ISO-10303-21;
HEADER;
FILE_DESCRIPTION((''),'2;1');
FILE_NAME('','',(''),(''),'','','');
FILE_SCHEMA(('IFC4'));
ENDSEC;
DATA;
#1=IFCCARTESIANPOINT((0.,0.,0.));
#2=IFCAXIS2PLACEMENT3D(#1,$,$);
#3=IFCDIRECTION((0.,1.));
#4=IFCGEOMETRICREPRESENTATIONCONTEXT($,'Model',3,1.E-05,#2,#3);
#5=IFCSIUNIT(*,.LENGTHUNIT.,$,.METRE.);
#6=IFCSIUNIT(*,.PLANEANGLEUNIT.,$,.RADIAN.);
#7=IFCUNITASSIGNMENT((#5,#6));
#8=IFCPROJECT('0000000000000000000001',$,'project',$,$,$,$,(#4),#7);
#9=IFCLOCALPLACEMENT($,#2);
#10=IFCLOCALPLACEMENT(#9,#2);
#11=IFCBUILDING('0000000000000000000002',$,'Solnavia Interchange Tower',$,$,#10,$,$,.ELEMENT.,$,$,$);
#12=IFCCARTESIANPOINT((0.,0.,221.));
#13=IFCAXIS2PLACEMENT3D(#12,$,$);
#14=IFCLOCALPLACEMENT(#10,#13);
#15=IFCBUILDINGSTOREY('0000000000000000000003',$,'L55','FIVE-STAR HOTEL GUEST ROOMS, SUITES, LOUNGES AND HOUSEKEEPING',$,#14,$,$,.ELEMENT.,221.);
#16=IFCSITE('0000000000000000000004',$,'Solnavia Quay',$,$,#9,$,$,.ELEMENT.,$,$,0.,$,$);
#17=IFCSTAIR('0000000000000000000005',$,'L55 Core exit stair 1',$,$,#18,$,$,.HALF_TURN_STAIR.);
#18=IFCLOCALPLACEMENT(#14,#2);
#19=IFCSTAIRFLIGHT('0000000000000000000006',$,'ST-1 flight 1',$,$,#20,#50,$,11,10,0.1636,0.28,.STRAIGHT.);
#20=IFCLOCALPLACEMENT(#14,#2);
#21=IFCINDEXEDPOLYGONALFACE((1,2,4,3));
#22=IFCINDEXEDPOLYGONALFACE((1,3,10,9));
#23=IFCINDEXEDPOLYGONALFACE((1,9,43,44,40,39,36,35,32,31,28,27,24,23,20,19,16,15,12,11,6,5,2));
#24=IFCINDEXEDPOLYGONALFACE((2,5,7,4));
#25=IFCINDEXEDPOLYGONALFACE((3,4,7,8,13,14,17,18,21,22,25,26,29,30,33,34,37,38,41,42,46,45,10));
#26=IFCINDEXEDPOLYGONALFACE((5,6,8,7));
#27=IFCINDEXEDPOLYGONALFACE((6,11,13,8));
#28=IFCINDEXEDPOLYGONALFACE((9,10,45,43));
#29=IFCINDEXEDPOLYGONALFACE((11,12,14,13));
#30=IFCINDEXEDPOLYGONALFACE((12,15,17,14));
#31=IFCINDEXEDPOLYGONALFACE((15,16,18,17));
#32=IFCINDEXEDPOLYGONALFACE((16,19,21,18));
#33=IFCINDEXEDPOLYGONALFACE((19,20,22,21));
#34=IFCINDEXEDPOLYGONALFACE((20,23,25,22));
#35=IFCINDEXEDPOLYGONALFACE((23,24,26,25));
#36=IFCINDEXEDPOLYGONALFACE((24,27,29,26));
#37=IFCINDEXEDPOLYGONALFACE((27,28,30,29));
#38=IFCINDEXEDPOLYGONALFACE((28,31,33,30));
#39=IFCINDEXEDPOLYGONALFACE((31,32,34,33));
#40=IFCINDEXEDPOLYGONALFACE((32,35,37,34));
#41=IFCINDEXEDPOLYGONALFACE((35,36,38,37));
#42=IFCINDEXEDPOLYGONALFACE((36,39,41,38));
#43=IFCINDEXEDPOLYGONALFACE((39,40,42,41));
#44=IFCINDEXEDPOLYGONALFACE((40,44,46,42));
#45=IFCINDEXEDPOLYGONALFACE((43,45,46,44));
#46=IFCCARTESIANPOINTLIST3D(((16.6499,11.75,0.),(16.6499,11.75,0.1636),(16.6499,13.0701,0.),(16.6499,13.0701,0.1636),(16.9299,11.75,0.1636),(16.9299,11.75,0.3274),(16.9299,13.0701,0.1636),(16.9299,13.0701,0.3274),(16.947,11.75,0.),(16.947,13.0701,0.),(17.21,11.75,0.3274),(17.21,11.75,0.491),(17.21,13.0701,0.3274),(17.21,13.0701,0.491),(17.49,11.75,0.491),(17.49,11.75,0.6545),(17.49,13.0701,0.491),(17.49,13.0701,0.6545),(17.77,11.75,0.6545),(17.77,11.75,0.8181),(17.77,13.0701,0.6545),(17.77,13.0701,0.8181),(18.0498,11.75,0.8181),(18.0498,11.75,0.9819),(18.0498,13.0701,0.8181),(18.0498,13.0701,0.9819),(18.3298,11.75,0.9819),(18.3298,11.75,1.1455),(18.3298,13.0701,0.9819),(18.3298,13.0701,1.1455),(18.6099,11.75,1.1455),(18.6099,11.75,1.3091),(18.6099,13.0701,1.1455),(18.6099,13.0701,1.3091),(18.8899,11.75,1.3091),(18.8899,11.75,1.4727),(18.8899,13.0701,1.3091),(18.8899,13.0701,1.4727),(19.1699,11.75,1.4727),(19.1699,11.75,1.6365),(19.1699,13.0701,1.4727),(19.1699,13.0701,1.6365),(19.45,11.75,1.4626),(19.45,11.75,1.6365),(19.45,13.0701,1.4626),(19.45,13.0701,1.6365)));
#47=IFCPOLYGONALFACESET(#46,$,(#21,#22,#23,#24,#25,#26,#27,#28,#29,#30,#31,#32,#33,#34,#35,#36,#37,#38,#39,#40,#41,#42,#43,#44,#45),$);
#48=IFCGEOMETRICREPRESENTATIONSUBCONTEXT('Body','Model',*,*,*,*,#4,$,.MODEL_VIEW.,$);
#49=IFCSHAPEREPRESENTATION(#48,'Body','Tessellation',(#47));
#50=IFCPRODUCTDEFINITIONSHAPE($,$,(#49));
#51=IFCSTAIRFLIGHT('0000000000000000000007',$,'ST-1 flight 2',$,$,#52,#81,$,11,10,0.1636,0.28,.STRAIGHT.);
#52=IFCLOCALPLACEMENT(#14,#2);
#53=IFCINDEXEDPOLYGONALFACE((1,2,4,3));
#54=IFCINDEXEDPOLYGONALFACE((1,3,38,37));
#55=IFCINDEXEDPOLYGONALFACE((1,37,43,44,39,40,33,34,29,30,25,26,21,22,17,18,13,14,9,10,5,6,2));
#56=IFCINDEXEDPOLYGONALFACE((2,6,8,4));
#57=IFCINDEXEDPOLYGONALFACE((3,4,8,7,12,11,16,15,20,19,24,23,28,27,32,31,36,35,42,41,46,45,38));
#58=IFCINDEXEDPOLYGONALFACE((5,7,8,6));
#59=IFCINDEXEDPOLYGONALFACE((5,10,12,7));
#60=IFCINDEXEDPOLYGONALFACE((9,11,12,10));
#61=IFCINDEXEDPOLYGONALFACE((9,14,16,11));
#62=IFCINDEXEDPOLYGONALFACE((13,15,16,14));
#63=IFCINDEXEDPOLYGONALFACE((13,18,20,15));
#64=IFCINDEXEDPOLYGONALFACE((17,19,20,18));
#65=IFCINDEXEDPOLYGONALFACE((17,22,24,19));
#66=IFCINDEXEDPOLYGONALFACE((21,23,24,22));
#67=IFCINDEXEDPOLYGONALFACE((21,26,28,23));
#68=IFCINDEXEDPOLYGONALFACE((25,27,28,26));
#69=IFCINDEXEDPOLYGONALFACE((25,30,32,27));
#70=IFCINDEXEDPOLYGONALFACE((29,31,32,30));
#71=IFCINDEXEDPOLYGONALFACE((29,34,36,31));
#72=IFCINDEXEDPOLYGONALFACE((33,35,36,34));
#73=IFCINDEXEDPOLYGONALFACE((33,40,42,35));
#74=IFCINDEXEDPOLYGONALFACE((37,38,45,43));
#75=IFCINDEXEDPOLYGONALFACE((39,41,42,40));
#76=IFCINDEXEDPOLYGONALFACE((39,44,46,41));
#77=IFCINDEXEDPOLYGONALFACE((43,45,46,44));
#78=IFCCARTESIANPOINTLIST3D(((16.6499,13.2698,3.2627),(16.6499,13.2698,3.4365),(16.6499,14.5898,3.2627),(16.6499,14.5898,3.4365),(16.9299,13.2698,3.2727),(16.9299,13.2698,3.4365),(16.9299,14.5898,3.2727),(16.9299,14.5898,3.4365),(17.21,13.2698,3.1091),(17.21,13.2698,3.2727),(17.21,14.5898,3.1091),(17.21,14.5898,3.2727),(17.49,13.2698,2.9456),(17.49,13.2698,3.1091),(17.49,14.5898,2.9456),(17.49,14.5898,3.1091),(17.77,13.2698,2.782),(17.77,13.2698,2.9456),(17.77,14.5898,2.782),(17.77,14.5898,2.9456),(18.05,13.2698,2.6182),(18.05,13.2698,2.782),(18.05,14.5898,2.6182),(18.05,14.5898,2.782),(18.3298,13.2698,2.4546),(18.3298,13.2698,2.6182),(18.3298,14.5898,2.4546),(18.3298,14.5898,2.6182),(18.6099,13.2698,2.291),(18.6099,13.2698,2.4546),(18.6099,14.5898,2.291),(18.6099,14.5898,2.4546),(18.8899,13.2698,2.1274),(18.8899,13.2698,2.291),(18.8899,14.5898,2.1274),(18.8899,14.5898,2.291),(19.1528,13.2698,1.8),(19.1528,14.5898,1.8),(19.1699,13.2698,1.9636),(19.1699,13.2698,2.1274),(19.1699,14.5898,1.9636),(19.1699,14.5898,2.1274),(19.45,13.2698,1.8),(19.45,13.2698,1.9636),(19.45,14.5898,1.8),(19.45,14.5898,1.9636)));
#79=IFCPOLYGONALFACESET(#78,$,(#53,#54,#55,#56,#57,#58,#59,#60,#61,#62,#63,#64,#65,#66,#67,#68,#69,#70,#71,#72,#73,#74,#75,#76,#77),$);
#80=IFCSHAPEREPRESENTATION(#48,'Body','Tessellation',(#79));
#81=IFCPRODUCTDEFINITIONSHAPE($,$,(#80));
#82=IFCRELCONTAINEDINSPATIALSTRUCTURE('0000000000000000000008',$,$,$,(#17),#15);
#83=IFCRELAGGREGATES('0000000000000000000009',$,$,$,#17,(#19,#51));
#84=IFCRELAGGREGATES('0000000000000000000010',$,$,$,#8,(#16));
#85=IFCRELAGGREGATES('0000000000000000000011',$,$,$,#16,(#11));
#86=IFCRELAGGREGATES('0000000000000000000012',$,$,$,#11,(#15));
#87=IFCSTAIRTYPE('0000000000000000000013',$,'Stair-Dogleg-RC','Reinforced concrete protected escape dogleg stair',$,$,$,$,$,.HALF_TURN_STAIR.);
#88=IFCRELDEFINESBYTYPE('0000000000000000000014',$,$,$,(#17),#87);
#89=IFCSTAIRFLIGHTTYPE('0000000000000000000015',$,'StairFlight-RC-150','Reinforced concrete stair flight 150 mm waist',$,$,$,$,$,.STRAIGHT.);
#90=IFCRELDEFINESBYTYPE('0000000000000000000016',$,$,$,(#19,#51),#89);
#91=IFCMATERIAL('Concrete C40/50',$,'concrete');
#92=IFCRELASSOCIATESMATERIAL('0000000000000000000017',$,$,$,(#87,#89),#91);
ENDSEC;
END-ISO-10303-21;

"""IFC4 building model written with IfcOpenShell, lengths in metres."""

from ifc_helpers import new_model, si_unit, direction, frame, origin, place, context, subcontext, project, spatial, polyline, outline, extrude, material, type_object, element, aggregate, save


model = new_model("IFC4")

# Units and contexts
model_context = context("Model", 3, precision=1e-05, world=origin(), true_north=direction((0.0, 1.0)))
body_context = subcontext(model_context, "Body", "Model", "MODEL_VIEW")
ifc_project = project(units=[si_unit("LENGTHUNIT", "METRE"), si_unit("PLANEANGLEUNIT", "RADIAN")], contexts=[model_context])

# Site, building, storey
site_placement = place(None, origin())
site = spatial("IfcSite", under=ifc_project, at=site_placement, Name="Solnavia Quay", CompositionType="ELEMENT", RefElevation=0.0)
building_placement = place(site_placement, origin())
building = spatial("IfcBuilding", under=site, at=building_placement, Name="Solnavia Interchange Tower", CompositionType="ELEMENT")
storey_placement = place(building_placement, frame((0.0, 0.0, 221.0)))
storey = spatial("IfcBuildingStorey", under=building, at=storey_placement, Name="L55", Description="FIVE-STAR HOTEL GUEST ROOMS, SUITES, LOUNGES AND HOUSEKEEPING", CompositionType="ELEMENT", Elevation=221.0)

# Shared definitions
ifc_material_1 = material(Name="Concrete C40/50", Category="concrete")

# Stair, stair flights
stair_type = type_object("IfcStairType", Name="Stair-Dogleg-RC", Description="Reinforced concrete protected escape dogleg stair", PredefinedType="HALF_TURN_STAIR", material=ifc_material_1)
stair_placement = place(storey_placement, origin())
stair = element("IfcStair", 1, at=stair_placement, inside=storey, type_object=stair_type, Name="L55 Core exit stair 1", PredefinedType="HALF_TURN_STAIR")
stair_flight_type = type_object("IfcStairFlightType", Name="StairFlight-RC-150", Description="Reinforced concrete stair flight 150 mm waist", PredefinedType="STRAIGHT", material=ifc_material_1)
stair_flight_1_placement = place(storey_placement, frame((16.6499, 12.4099, 0.0), z_axis=(0.0, 0.0, 1.0), x_axis=(1.0, 0.0, 0.0)))
stair_flight_1 = element("IfcStairFlight", 2, at=stair_flight_1_placement, type_object=stair_flight_type, Name="ST-1 flight 1", NumberOfRisers=11, NumberOfTreads=10, PredefinedType="STRAIGHT", RiserHeight=0.1636, TreadLength=0.28, context=body_context, shape_type="SweptSolid", body=[
    extrude(outline(polyline([(0.0, 0.0), (0.0, 0.1636), (0.28, 0.1636), (0.28, 0.3274), (0.5601, 0.3274), (0.5601, 0.491), (0.8401, 0.491), (0.8401, 0.6545), (1.1201, 0.6545), (1.1201, 0.8181), (1.3999, 0.8181), (1.3999, 0.9819), (1.6799, 0.9819), (1.6799, 1.1455), (1.96, 1.1455), (1.96, 1.3091), (2.24, 1.3091), (2.24, 1.4727), (2.52, 1.4727), (2.52, 1.6365), (2.8, 1.6365), (2.8, 1.8), (2.8, 1.4626), (0.2971, 0.0), (0.0, 0.0)])), frame((0.0, 0.6602, 0.0), z_axis=(0.0, -1.0, 0.0), x_axis=(1.0, 0.0, 0.0)), (0.0, 0.0, 1.0), 1.3201),
])
stair_flight_2_placement = place(storey_placement, frame((19.45, 13.9299, 1.8), z_axis=(0.0, 0.0, 1.0), x_axis=(-1.0, 0.0, 0.0)))
stair_flight_2 = element("IfcStairFlight", 3, at=stair_flight_2_placement, type_object=stair_flight_type, Name="ST-1 flight 2", NumberOfRisers=11, NumberOfTreads=10, PredefinedType="STRAIGHT", RiserHeight=0.1636, TreadLength=0.28, context=body_context, shape_type="SweptSolid", body=[
    extrude(outline(polyline([(0.0, 0.0), (0.0, 0.1636), (0.28, 0.1636), (0.28, 0.3274), (0.5601, 0.3274), (0.5601, 0.491), (0.8401, 0.491), (0.8401, 0.6545), (1.1201, 0.6545), (1.1201, 0.8181), (1.3999, 0.8181), (1.3999, 0.9819), (1.6799, 0.9819), (1.6799, 1.1455), (1.96, 1.1455), (1.96, 1.3091), (2.24, 1.3091), (2.24, 1.4727), (2.52, 1.4727), (2.52, 1.6365), (2.8, 1.6365), (2.8, 1.8), (2.8, 1.4626), (0.2971, 0.0), (0.0, 0.0)])), frame((0.0, 0.6602, 0.0), z_axis=(0.0, -1.0, 0.0), x_axis=(1.0, 0.0, 0.0)), (0.0, 0.0, 1.0), 1.3201),
])
aggregate(stair, [stair_flight_1, stair_flight_2])

save(model, "model.ifc")
